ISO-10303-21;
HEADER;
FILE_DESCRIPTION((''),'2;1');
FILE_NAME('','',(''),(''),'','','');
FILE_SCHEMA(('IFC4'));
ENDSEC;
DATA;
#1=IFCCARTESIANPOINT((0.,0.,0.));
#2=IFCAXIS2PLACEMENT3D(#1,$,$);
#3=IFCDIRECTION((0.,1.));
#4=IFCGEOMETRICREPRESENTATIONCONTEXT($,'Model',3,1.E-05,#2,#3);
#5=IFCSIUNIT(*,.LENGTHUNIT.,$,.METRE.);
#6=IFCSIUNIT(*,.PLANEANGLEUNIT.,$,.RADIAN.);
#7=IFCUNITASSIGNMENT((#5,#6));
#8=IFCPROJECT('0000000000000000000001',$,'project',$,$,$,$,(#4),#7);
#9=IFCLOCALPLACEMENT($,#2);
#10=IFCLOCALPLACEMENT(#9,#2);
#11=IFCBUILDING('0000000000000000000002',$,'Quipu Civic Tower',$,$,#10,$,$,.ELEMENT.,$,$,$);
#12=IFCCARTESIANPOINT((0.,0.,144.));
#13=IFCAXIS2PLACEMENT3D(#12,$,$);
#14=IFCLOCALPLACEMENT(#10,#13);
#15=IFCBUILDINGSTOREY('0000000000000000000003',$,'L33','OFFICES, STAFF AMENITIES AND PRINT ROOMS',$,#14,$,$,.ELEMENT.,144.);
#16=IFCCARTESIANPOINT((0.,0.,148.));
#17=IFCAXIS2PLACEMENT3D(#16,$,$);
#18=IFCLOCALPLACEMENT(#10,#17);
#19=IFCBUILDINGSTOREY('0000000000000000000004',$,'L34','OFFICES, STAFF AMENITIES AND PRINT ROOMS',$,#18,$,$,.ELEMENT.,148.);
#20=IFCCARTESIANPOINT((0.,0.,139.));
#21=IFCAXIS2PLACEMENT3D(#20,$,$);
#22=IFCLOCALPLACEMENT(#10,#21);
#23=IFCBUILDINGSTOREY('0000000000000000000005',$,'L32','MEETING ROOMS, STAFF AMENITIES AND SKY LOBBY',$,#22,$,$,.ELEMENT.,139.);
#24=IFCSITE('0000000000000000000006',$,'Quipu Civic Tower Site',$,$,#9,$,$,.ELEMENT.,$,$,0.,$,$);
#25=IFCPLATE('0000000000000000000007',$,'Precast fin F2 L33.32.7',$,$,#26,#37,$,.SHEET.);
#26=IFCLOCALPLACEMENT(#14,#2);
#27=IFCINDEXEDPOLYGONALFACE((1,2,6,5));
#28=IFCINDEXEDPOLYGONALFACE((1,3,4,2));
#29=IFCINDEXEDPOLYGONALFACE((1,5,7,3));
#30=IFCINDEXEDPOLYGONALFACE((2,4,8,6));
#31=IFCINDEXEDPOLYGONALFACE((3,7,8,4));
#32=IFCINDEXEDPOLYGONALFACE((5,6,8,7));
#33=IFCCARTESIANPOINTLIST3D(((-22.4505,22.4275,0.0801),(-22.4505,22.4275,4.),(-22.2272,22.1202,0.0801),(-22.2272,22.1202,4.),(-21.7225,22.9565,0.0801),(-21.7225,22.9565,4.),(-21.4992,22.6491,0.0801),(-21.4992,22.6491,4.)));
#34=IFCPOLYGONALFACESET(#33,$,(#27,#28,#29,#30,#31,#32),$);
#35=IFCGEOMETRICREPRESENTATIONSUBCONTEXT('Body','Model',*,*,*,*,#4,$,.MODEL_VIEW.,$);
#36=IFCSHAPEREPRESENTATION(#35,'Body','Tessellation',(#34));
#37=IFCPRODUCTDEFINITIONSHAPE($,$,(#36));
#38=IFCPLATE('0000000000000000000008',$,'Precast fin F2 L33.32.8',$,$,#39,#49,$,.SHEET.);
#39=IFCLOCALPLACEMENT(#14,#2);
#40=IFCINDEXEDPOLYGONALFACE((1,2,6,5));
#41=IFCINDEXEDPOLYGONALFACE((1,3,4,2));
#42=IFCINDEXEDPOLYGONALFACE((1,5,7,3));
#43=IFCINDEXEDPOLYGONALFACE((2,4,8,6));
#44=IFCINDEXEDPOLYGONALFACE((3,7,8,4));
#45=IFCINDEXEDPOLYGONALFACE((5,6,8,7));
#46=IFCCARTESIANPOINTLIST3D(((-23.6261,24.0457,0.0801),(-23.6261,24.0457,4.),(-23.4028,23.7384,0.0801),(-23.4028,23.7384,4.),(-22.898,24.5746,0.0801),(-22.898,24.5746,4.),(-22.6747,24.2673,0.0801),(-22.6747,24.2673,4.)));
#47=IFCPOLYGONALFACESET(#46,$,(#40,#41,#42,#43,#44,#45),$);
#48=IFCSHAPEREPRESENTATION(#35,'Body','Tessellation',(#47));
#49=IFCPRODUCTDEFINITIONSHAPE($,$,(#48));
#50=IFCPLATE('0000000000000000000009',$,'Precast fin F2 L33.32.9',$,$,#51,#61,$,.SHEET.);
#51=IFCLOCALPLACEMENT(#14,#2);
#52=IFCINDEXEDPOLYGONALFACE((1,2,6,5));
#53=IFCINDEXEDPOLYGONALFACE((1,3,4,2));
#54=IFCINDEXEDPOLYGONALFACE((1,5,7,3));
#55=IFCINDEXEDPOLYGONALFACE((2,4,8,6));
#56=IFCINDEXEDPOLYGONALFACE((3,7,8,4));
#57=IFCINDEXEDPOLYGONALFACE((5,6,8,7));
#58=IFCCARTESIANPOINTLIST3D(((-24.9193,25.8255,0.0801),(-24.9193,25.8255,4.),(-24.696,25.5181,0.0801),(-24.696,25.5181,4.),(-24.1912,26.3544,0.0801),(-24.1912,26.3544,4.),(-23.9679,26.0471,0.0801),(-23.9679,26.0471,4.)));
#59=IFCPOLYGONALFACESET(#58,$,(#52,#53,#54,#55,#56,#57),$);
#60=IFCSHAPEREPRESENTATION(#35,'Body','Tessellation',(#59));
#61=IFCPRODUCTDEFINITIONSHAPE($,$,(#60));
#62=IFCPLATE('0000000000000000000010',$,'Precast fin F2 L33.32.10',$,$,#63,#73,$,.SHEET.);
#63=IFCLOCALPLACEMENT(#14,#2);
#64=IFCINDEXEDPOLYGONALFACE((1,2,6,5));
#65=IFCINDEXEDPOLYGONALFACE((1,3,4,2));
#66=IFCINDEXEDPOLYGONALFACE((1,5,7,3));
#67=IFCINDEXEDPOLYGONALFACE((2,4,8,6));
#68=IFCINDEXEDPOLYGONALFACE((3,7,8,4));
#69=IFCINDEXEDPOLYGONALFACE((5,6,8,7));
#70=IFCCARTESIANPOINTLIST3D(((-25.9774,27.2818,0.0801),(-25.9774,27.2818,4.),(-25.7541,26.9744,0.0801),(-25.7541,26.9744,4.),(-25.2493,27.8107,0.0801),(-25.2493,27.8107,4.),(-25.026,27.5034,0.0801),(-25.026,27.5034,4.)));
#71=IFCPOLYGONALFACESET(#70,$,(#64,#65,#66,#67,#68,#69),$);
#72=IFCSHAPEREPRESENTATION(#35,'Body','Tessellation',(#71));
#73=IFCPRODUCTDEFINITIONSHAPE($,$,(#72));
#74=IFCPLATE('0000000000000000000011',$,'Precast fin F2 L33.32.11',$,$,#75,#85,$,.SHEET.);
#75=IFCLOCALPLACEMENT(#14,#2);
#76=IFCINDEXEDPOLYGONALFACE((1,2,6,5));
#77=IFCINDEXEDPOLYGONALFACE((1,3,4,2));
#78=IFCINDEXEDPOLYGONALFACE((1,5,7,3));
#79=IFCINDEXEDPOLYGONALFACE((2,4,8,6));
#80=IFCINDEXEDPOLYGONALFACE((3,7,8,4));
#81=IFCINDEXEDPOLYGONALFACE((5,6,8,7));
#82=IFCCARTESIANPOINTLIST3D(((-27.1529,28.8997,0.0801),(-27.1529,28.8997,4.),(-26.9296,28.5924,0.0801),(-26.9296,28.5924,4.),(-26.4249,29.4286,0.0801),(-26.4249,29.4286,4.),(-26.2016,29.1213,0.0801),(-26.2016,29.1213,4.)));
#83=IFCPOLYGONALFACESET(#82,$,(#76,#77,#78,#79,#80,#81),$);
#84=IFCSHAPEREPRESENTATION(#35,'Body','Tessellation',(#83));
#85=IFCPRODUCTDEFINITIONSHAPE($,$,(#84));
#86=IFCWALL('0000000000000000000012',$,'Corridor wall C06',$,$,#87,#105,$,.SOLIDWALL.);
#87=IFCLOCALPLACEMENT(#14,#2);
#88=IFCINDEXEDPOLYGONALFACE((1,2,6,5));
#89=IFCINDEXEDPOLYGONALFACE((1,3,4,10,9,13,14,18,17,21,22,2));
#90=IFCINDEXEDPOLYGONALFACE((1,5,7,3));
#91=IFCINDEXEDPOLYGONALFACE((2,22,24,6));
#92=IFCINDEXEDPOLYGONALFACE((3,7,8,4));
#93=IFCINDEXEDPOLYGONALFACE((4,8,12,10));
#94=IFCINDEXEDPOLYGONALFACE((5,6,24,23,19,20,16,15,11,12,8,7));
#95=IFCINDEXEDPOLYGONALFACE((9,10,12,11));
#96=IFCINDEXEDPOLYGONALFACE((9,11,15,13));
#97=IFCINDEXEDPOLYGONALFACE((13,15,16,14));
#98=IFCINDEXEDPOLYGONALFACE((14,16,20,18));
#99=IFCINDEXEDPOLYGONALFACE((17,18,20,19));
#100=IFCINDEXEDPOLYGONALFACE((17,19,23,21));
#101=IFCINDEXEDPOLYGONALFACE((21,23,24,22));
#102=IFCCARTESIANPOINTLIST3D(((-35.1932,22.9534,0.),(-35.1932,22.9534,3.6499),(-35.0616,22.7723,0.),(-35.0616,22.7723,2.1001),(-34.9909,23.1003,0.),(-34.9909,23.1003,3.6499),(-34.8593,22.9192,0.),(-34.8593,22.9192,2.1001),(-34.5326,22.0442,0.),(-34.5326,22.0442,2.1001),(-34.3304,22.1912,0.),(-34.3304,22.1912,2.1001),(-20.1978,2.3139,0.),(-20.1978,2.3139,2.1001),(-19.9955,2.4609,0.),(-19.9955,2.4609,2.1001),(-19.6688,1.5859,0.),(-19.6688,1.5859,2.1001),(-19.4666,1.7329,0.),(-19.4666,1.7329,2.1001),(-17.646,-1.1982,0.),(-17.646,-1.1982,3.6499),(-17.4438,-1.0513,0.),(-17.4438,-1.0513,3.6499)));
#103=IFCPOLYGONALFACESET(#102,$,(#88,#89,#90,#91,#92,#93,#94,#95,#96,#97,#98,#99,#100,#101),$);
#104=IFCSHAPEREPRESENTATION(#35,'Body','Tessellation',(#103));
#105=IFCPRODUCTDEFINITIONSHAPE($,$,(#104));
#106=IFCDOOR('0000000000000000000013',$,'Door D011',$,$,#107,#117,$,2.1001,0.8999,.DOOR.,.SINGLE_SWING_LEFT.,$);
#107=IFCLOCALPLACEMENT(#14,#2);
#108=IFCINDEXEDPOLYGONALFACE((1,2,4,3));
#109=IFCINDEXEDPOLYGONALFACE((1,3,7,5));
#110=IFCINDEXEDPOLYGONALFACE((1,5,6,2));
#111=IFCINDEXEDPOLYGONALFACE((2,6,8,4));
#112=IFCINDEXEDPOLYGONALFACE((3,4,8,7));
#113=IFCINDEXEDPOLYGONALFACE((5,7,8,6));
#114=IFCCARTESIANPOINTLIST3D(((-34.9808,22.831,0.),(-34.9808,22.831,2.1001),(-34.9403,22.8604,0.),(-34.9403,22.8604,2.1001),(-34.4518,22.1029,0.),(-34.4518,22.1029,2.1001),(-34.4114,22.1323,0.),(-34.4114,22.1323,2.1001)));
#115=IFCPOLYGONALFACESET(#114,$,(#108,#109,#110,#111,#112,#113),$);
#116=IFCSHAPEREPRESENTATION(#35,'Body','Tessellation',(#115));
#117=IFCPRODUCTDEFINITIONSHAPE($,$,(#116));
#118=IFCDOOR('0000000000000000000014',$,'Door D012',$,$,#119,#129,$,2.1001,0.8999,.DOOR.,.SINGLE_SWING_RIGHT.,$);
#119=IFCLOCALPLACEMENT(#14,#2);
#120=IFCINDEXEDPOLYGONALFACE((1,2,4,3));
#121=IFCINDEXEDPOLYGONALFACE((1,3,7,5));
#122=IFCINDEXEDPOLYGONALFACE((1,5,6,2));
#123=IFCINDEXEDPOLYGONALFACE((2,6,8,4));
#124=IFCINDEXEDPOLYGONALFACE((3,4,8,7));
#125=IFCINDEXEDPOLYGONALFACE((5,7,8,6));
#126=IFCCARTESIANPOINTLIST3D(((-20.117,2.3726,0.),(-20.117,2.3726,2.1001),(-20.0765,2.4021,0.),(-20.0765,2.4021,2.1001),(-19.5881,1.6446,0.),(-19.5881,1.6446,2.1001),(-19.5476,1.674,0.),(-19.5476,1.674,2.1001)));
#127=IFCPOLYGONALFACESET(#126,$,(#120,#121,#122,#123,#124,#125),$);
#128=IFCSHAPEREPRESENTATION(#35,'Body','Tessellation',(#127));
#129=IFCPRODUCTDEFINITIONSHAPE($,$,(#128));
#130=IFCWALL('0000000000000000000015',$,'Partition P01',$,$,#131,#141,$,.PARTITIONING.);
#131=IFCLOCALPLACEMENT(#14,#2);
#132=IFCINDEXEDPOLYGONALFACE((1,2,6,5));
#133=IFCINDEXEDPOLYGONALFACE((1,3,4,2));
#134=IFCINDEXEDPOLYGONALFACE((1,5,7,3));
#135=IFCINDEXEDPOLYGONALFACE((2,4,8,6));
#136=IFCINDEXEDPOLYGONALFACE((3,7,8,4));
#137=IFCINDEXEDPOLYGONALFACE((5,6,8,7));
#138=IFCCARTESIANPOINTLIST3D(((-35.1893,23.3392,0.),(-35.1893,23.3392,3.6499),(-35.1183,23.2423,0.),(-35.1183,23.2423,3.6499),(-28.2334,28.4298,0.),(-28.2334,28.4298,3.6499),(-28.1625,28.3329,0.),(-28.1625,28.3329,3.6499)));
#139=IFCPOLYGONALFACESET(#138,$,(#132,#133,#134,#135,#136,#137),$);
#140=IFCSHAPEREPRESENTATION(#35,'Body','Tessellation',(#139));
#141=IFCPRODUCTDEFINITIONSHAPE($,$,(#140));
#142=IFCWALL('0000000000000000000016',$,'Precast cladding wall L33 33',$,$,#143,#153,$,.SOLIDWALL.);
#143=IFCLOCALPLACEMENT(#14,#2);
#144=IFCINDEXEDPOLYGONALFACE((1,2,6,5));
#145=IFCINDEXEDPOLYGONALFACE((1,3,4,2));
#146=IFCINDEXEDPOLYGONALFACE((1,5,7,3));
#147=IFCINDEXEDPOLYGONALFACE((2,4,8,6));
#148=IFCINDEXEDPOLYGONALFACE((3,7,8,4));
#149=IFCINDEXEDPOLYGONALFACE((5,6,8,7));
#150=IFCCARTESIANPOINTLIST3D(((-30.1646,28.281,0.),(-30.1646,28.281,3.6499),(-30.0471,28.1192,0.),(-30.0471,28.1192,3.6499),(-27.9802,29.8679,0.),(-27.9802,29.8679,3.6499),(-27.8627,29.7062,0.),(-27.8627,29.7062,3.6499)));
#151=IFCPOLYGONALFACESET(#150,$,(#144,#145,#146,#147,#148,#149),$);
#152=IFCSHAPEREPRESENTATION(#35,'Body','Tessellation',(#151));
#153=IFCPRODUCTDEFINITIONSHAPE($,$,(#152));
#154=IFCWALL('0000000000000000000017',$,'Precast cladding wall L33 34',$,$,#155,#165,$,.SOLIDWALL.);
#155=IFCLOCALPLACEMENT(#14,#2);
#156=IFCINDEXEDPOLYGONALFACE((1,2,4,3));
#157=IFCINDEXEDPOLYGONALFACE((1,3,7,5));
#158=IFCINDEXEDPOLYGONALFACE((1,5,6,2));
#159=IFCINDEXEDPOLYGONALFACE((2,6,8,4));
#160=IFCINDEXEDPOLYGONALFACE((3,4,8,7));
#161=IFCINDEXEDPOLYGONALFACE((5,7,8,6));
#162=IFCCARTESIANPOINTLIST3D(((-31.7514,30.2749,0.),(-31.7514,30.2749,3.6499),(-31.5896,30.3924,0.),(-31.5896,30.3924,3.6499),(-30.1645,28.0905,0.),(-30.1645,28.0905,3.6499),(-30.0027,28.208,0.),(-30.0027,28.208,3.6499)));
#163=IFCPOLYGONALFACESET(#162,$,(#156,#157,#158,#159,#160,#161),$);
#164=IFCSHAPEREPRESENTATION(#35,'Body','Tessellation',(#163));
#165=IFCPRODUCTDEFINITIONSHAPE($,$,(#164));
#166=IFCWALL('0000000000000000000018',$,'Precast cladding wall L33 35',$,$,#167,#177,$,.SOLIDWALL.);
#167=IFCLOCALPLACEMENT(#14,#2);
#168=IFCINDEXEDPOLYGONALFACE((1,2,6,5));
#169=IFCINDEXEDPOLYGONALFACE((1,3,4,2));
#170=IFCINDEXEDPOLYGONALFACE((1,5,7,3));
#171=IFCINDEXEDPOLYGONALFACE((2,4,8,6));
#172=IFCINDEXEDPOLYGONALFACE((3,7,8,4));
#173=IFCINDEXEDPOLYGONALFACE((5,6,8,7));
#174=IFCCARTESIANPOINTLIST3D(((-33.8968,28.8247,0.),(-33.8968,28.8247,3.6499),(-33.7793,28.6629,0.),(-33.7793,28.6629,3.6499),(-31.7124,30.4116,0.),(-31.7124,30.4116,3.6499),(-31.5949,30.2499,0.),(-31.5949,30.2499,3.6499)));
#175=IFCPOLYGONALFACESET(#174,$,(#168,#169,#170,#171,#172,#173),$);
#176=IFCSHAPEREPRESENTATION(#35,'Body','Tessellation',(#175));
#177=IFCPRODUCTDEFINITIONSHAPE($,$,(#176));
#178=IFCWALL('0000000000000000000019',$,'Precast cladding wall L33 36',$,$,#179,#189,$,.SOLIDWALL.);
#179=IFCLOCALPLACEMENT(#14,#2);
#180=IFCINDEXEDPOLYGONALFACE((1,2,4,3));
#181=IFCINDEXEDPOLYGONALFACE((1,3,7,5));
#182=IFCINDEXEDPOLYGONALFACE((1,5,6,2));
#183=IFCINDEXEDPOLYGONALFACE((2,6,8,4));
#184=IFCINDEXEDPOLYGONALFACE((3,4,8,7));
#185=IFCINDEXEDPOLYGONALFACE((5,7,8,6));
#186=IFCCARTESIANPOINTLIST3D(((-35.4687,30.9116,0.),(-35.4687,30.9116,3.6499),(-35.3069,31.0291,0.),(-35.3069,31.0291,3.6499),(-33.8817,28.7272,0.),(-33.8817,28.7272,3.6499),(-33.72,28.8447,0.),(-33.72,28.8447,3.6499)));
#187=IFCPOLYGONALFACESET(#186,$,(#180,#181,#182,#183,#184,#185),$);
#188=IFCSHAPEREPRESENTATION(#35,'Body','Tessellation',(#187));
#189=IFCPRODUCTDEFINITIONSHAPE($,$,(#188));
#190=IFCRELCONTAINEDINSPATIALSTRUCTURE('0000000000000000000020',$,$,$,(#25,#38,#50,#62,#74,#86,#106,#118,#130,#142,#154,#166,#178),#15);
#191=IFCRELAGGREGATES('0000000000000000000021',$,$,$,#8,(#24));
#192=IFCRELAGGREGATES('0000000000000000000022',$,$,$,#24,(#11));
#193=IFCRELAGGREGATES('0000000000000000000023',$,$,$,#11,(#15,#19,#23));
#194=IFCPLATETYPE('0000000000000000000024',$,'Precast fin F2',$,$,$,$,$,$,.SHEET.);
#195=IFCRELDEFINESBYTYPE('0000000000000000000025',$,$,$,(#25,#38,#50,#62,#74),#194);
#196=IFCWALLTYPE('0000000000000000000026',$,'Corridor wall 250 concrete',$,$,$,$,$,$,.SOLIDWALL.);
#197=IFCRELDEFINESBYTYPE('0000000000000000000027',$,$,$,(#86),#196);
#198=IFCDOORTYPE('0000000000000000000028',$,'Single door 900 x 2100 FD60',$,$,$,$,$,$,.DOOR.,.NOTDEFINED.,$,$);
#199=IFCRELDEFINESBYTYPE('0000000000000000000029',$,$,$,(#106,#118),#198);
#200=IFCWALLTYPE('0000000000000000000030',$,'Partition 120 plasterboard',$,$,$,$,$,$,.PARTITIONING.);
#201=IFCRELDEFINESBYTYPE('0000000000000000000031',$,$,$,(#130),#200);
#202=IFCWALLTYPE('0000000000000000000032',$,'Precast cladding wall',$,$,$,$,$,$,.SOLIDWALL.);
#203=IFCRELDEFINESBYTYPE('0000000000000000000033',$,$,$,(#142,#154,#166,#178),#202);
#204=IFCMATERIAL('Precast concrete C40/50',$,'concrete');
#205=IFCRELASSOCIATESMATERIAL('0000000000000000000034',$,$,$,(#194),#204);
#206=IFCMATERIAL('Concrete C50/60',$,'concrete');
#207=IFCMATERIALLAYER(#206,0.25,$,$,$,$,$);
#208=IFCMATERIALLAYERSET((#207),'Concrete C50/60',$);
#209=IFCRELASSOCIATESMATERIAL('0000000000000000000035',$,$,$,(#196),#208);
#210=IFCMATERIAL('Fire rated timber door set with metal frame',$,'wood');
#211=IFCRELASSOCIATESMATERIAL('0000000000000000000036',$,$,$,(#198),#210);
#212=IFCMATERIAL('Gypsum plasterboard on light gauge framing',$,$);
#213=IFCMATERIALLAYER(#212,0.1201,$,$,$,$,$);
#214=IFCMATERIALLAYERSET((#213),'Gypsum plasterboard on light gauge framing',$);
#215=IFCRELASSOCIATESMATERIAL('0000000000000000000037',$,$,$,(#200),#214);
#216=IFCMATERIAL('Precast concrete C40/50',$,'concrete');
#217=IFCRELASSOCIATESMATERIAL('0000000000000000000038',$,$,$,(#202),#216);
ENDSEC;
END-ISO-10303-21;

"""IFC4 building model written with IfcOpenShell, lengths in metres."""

from ifc_helpers import new_model, si_unit, direction, frame, frame_2d, origin, origin_2d, place, context, subcontext, project, spatial, rectangle, extrude, material, layer, layer_set, type_object, element, fill, save


model = new_model("IFC4")

# Units and contexts
model_context = context("Model", 3, precision=1e-05, world=origin(), true_north=direction((0.0, 1.0)))
body_context = subcontext(model_context, "Body", "Model", "MODEL_VIEW")
ifc_project = project(units=[si_unit("LENGTHUNIT", "METRE"), si_unit("PLANEANGLEUNIT", "RADIAN")], contexts=[model_context])

# Site, building, storey
site_placement = place(None, origin())
site = spatial("IfcSite", under=ifc_project, at=site_placement, Name="Quipu Civic Tower Site", CompositionType="ELEMENT", RefElevation=0.0)
building_placement = place(site_placement, origin())
building = spatial("IfcBuilding", under=site, at=building_placement, Name="Quipu Civic Tower", CompositionType="ELEMENT")
storey_1_placement = place(building_placement, frame((0.0, 0.0, 144.0)))
storey_1 = spatial("IfcBuildingStorey", under=building, at=storey_1_placement, Name="L33", Description="OFFICES, STAFF AMENITIES AND PRINT ROOMS", CompositionType="ELEMENT", Elevation=144.0)

# Shared definitions
storey_2_placement = place(building_placement, frame((0.0, 0.0, 148.0)))
storey_2 = spatial("IfcBuildingStorey", under=building, at=storey_2_placement, Name="L34", Description="OFFICES, STAFF AMENITIES AND PRINT ROOMS", CompositionType="ELEMENT", Elevation=148.0)

# Shared definitions
storey_3_placement = place(building_placement, frame((0.0, 0.0, 139.0)))
storey_3 = spatial("IfcBuildingStorey", under=building, at=storey_3_placement, Name="L32", Description="MEETING ROOMS, STAFF AMENITIES AND SKY LOBBY", CompositionType="ELEMENT", Elevation=139.0)

# Plates
ifc_material_1 = material(Name="Precast concrete C40/50", Category="concrete")
plate_type_1 = type_object("IfcPlateType", Name="Precast fin F2", PredefinedType="SHEET", material=ifc_material_1)
for number, where, z_axis, x_axis, name in (
    (1, (-21.9749, 22.5383, 0.0801), (0.0, 0.0, 1.0), (-0.587787, 0.809016, 0.0), "Precast fin F2 L33.32.7"),
    (2, (-23.1504, 24.1565, 0.0801), (0.0, 0.0, 1.0), (-0.587787, 0.809016, 0.0), "Precast fin F2 L33.32.8"),
    (3, (-24.4436, 25.9363, 0.0801), (0.0, 0.0, 1.0), (-0.587787, 0.809016, 0.0), "Precast fin F2 L33.32.9"),
    (4, (-25.5017, 27.3926, 0.0801), (0.0, 0.0, 1.0), (-0.587787, 0.809016, 0.0), "Precast fin F2 L33.32.10"),
    (5, (-26.6772, 29.0105, 0.0801), (0.0, 0.0, 1.0), (-0.587787, 0.809016, 0.0), "Precast fin F2 L33.32.11"),
):
    element("IfcPlate", number, at=place(storey_1_placement, frame(where, z_axis=z_axis, x_axis=x_axis)), inside=storey_1, type_object=plate_type_1, Name=name, PredefinedType="SHEET", context=body_context, shape_type="SweptSolid", body=[
        extrude(rectangle(XDim=0.3799, YDim=0.8999, at=origin_2d()), origin(), (0.0, 0.0, 1.0), 3.9199),
    ])

# Wall, openings, doors
ifc_material_2 = material(Name="Concrete C50/60", Category="concrete")
ifc_layer_1 = layer(ifc_material_2, 0.25)
ifc_layer_set_1 = layer_set([ifc_layer_1], Name="Concrete C50/60")
wall_type_1 = type_object("IfcWallType", Name="Corridor wall 250 concrete", PredefinedType="SOLIDWALL", material=ifc_layer_set_1)
wall_1_placement = place(storey_1_placement, frame((-35.092, 23.0269, 0.0), z_axis=(0.0, 0.0, 1.0), x_axis=(0.587784, -0.809018, 0.0)))
wall_1 = element("IfcWall", 6, at=wall_1_placement, inside=storey_1, type_object=wall_type_1, Name="Corridor wall C06", PredefinedType="SOLIDWALL", context=body_context, shape_type="SweptSolid", body=[
    extrude(rectangle(XDim=29.853, YDim=0.25, at=frame_2d((14.9265, 0.0))), origin(), (0.0, 0.0, 1.0), 3.6499),
])
opening_1_placement = place(wall_1_placement, frame((0.2239, 0.0, 0.0)))
opening_1 = element("IfcOpeningElement", 7, at=opening_1_placement, cuts=wall_1, PredefinedType="OPENING", context=body_context, shape_type="SweptSolid", body=[
    extrude(rectangle(XDim=0.8999, YDim=2.1001, at=frame_2d((0.45, 1.05))), frame((0.0, 0.135, 0.0), z_axis=(0.0, -1.0, 0.0), x_axis=(1.0, 0.0, 0.0)), (0.0, 0.0, 1.0), 0.27),
])
opening_2_placement = place(wall_1_placement, frame((25.5117, 0.0, 0.0)))
opening_2 = element("IfcOpeningElement", 8, at=opening_2_placement, cuts=wall_1, PredefinedType="OPENING", context=body_context, shape_type="SweptSolid", body=[
    extrude(rectangle(XDim=0.8999, YDim=2.1001, at=frame_2d((0.45, 1.05))), frame((0.0, 0.135, 0.0), z_axis=(0.0, -1.0, 0.0), x_axis=(1.0, 0.0, 0.0)), (0.0, 0.0, 1.0), 0.27),
])
ifc_material_3 = material(Name="Fire rated timber door set with metal frame", Category="wood")
door_type = type_object("IfcDoorType", Name="Single door 900 x 2100 FD60", OperationType="NOTDEFINED", PredefinedType="DOOR", material=ifc_material_3)
door_1_placement = place(opening_1_placement, origin())
door_1 = element("IfcDoor", 9, at=door_1_placement, inside=storey_1, type_object=door_type, Name="Door D011", OperationType="SINGLE_SWING_LEFT", OverallHeight=2.1001, OverallWidth=0.8999, PredefinedType="DOOR", context=body_context, shape_type="SweptSolid", body=[
    extrude(rectangle(XDim=0.8999, YDim=2.1001, at=frame_2d((0.45, 1.05))), frame((0.0, 0.0249, 0.0), z_axis=(0.0, -1.0, 0.0), x_axis=(1.0, 0.0, 0.0)), (0.0, 0.0, 1.0), 0.05),
])
fill(opening_1, door_1)
door_2_placement = place(opening_2_placement, origin())
door_2 = element("IfcDoor", 10, at=door_2_placement, inside=storey_1, type_object=door_type, Name="Door D012", OperationType="SINGLE_SWING_RIGHT", OverallHeight=2.1001, OverallWidth=0.8999, PredefinedType="DOOR", context=body_context, shape_type="SweptSolid", body=[
    extrude(rectangle(XDim=0.8999, YDim=2.1001, at=frame_2d((0.45, 1.05))), frame((0.0, 0.0249, 0.0), z_axis=(0.0, -1.0, 0.0), x_axis=(1.0, 0.0, 0.0)), (0.0, 0.0, 1.0), 0.05),
])
fill(opening_2, door_2)

# Walls
ifc_material_4 = material(Name="Gypsum plasterboard on light gauge framing")
ifc_layer_2 = layer(ifc_material_4, 0.1201)
ifc_layer_set_2 = layer_set([ifc_layer_2], Name="Gypsum plasterboard on light gauge framing")
wall_type_2 = type_object("IfcWallType", Name="Partition 120 plasterboard", PredefinedType="PARTITIONING", material=ifc_layer_set_2)
wall_2_placement = place(storey_1_placement, frame((-35.1538, 23.2908, 0.0), z_axis=(0.0, 0.0, 1.0), x_axis=(0.806977, 0.590582, 0.0)))
element("IfcWall", 11, at=wall_2_placement, inside=storey_1, type_object=wall_type_2, Name="Partition P01", PredefinedType="PARTITIONING", context=body_context, shape_type="SweptSolid", body=[
    extrude(rectangle(XDim=8.6196, YDim=0.1201, at=frame_2d((4.3098, 0.0))), origin(), (0.0, 0.0, 1.0), 3.6499),
])
ifc_material_5 = material(Name="Precast concrete C40/50", Category="concrete")
wall_type_3 = type_object("IfcWallType", Name="Precast cladding wall", PredefinedType="SOLIDWALL", material=ifc_material_5)
for number, where, z_axis, x_axis, name in (
    (12, (-27.9214, 29.7871, 0.0), (0.0, 0.0, 1.0), (-0.809033, -0.587763, 0.0), "Precast cladding wall L33 33"),
    (13, (-30.0835, 28.1492, 0.0), (0.0, 0.0, 1.0), (-0.587763, 0.809033, 0.0), "Precast cladding wall L33 34"),
    (14, (-31.6536, 30.3308, 0.0), (0.0, 0.0, 1.0), (-0.809033, -0.587763, 0.0), "Precast cladding wall L33 35"),
    (15, (-33.8008, 28.7859, 0.0), (0.0, 0.0, 1.0), (-0.587763, 0.809033, 0.0), "Precast cladding wall L33 36"),
):
    element("IfcWall", number, at=place(storey_1_placement, frame(where, z_axis=z_axis, x_axis=x_axis)), inside=storey_1, type_object=wall_type_3, Name=name, PredefinedType="SOLIDWALL", context=body_context, shape_type="SweptSolid", body=[
        extrude(rectangle(XDim=2.7, YDim=0.2, at=frame_2d((1.3501, 0.0))), origin(), (0.0, 0.0, 1.0), 3.6499),
    ])

save(model, "model.ifc")
